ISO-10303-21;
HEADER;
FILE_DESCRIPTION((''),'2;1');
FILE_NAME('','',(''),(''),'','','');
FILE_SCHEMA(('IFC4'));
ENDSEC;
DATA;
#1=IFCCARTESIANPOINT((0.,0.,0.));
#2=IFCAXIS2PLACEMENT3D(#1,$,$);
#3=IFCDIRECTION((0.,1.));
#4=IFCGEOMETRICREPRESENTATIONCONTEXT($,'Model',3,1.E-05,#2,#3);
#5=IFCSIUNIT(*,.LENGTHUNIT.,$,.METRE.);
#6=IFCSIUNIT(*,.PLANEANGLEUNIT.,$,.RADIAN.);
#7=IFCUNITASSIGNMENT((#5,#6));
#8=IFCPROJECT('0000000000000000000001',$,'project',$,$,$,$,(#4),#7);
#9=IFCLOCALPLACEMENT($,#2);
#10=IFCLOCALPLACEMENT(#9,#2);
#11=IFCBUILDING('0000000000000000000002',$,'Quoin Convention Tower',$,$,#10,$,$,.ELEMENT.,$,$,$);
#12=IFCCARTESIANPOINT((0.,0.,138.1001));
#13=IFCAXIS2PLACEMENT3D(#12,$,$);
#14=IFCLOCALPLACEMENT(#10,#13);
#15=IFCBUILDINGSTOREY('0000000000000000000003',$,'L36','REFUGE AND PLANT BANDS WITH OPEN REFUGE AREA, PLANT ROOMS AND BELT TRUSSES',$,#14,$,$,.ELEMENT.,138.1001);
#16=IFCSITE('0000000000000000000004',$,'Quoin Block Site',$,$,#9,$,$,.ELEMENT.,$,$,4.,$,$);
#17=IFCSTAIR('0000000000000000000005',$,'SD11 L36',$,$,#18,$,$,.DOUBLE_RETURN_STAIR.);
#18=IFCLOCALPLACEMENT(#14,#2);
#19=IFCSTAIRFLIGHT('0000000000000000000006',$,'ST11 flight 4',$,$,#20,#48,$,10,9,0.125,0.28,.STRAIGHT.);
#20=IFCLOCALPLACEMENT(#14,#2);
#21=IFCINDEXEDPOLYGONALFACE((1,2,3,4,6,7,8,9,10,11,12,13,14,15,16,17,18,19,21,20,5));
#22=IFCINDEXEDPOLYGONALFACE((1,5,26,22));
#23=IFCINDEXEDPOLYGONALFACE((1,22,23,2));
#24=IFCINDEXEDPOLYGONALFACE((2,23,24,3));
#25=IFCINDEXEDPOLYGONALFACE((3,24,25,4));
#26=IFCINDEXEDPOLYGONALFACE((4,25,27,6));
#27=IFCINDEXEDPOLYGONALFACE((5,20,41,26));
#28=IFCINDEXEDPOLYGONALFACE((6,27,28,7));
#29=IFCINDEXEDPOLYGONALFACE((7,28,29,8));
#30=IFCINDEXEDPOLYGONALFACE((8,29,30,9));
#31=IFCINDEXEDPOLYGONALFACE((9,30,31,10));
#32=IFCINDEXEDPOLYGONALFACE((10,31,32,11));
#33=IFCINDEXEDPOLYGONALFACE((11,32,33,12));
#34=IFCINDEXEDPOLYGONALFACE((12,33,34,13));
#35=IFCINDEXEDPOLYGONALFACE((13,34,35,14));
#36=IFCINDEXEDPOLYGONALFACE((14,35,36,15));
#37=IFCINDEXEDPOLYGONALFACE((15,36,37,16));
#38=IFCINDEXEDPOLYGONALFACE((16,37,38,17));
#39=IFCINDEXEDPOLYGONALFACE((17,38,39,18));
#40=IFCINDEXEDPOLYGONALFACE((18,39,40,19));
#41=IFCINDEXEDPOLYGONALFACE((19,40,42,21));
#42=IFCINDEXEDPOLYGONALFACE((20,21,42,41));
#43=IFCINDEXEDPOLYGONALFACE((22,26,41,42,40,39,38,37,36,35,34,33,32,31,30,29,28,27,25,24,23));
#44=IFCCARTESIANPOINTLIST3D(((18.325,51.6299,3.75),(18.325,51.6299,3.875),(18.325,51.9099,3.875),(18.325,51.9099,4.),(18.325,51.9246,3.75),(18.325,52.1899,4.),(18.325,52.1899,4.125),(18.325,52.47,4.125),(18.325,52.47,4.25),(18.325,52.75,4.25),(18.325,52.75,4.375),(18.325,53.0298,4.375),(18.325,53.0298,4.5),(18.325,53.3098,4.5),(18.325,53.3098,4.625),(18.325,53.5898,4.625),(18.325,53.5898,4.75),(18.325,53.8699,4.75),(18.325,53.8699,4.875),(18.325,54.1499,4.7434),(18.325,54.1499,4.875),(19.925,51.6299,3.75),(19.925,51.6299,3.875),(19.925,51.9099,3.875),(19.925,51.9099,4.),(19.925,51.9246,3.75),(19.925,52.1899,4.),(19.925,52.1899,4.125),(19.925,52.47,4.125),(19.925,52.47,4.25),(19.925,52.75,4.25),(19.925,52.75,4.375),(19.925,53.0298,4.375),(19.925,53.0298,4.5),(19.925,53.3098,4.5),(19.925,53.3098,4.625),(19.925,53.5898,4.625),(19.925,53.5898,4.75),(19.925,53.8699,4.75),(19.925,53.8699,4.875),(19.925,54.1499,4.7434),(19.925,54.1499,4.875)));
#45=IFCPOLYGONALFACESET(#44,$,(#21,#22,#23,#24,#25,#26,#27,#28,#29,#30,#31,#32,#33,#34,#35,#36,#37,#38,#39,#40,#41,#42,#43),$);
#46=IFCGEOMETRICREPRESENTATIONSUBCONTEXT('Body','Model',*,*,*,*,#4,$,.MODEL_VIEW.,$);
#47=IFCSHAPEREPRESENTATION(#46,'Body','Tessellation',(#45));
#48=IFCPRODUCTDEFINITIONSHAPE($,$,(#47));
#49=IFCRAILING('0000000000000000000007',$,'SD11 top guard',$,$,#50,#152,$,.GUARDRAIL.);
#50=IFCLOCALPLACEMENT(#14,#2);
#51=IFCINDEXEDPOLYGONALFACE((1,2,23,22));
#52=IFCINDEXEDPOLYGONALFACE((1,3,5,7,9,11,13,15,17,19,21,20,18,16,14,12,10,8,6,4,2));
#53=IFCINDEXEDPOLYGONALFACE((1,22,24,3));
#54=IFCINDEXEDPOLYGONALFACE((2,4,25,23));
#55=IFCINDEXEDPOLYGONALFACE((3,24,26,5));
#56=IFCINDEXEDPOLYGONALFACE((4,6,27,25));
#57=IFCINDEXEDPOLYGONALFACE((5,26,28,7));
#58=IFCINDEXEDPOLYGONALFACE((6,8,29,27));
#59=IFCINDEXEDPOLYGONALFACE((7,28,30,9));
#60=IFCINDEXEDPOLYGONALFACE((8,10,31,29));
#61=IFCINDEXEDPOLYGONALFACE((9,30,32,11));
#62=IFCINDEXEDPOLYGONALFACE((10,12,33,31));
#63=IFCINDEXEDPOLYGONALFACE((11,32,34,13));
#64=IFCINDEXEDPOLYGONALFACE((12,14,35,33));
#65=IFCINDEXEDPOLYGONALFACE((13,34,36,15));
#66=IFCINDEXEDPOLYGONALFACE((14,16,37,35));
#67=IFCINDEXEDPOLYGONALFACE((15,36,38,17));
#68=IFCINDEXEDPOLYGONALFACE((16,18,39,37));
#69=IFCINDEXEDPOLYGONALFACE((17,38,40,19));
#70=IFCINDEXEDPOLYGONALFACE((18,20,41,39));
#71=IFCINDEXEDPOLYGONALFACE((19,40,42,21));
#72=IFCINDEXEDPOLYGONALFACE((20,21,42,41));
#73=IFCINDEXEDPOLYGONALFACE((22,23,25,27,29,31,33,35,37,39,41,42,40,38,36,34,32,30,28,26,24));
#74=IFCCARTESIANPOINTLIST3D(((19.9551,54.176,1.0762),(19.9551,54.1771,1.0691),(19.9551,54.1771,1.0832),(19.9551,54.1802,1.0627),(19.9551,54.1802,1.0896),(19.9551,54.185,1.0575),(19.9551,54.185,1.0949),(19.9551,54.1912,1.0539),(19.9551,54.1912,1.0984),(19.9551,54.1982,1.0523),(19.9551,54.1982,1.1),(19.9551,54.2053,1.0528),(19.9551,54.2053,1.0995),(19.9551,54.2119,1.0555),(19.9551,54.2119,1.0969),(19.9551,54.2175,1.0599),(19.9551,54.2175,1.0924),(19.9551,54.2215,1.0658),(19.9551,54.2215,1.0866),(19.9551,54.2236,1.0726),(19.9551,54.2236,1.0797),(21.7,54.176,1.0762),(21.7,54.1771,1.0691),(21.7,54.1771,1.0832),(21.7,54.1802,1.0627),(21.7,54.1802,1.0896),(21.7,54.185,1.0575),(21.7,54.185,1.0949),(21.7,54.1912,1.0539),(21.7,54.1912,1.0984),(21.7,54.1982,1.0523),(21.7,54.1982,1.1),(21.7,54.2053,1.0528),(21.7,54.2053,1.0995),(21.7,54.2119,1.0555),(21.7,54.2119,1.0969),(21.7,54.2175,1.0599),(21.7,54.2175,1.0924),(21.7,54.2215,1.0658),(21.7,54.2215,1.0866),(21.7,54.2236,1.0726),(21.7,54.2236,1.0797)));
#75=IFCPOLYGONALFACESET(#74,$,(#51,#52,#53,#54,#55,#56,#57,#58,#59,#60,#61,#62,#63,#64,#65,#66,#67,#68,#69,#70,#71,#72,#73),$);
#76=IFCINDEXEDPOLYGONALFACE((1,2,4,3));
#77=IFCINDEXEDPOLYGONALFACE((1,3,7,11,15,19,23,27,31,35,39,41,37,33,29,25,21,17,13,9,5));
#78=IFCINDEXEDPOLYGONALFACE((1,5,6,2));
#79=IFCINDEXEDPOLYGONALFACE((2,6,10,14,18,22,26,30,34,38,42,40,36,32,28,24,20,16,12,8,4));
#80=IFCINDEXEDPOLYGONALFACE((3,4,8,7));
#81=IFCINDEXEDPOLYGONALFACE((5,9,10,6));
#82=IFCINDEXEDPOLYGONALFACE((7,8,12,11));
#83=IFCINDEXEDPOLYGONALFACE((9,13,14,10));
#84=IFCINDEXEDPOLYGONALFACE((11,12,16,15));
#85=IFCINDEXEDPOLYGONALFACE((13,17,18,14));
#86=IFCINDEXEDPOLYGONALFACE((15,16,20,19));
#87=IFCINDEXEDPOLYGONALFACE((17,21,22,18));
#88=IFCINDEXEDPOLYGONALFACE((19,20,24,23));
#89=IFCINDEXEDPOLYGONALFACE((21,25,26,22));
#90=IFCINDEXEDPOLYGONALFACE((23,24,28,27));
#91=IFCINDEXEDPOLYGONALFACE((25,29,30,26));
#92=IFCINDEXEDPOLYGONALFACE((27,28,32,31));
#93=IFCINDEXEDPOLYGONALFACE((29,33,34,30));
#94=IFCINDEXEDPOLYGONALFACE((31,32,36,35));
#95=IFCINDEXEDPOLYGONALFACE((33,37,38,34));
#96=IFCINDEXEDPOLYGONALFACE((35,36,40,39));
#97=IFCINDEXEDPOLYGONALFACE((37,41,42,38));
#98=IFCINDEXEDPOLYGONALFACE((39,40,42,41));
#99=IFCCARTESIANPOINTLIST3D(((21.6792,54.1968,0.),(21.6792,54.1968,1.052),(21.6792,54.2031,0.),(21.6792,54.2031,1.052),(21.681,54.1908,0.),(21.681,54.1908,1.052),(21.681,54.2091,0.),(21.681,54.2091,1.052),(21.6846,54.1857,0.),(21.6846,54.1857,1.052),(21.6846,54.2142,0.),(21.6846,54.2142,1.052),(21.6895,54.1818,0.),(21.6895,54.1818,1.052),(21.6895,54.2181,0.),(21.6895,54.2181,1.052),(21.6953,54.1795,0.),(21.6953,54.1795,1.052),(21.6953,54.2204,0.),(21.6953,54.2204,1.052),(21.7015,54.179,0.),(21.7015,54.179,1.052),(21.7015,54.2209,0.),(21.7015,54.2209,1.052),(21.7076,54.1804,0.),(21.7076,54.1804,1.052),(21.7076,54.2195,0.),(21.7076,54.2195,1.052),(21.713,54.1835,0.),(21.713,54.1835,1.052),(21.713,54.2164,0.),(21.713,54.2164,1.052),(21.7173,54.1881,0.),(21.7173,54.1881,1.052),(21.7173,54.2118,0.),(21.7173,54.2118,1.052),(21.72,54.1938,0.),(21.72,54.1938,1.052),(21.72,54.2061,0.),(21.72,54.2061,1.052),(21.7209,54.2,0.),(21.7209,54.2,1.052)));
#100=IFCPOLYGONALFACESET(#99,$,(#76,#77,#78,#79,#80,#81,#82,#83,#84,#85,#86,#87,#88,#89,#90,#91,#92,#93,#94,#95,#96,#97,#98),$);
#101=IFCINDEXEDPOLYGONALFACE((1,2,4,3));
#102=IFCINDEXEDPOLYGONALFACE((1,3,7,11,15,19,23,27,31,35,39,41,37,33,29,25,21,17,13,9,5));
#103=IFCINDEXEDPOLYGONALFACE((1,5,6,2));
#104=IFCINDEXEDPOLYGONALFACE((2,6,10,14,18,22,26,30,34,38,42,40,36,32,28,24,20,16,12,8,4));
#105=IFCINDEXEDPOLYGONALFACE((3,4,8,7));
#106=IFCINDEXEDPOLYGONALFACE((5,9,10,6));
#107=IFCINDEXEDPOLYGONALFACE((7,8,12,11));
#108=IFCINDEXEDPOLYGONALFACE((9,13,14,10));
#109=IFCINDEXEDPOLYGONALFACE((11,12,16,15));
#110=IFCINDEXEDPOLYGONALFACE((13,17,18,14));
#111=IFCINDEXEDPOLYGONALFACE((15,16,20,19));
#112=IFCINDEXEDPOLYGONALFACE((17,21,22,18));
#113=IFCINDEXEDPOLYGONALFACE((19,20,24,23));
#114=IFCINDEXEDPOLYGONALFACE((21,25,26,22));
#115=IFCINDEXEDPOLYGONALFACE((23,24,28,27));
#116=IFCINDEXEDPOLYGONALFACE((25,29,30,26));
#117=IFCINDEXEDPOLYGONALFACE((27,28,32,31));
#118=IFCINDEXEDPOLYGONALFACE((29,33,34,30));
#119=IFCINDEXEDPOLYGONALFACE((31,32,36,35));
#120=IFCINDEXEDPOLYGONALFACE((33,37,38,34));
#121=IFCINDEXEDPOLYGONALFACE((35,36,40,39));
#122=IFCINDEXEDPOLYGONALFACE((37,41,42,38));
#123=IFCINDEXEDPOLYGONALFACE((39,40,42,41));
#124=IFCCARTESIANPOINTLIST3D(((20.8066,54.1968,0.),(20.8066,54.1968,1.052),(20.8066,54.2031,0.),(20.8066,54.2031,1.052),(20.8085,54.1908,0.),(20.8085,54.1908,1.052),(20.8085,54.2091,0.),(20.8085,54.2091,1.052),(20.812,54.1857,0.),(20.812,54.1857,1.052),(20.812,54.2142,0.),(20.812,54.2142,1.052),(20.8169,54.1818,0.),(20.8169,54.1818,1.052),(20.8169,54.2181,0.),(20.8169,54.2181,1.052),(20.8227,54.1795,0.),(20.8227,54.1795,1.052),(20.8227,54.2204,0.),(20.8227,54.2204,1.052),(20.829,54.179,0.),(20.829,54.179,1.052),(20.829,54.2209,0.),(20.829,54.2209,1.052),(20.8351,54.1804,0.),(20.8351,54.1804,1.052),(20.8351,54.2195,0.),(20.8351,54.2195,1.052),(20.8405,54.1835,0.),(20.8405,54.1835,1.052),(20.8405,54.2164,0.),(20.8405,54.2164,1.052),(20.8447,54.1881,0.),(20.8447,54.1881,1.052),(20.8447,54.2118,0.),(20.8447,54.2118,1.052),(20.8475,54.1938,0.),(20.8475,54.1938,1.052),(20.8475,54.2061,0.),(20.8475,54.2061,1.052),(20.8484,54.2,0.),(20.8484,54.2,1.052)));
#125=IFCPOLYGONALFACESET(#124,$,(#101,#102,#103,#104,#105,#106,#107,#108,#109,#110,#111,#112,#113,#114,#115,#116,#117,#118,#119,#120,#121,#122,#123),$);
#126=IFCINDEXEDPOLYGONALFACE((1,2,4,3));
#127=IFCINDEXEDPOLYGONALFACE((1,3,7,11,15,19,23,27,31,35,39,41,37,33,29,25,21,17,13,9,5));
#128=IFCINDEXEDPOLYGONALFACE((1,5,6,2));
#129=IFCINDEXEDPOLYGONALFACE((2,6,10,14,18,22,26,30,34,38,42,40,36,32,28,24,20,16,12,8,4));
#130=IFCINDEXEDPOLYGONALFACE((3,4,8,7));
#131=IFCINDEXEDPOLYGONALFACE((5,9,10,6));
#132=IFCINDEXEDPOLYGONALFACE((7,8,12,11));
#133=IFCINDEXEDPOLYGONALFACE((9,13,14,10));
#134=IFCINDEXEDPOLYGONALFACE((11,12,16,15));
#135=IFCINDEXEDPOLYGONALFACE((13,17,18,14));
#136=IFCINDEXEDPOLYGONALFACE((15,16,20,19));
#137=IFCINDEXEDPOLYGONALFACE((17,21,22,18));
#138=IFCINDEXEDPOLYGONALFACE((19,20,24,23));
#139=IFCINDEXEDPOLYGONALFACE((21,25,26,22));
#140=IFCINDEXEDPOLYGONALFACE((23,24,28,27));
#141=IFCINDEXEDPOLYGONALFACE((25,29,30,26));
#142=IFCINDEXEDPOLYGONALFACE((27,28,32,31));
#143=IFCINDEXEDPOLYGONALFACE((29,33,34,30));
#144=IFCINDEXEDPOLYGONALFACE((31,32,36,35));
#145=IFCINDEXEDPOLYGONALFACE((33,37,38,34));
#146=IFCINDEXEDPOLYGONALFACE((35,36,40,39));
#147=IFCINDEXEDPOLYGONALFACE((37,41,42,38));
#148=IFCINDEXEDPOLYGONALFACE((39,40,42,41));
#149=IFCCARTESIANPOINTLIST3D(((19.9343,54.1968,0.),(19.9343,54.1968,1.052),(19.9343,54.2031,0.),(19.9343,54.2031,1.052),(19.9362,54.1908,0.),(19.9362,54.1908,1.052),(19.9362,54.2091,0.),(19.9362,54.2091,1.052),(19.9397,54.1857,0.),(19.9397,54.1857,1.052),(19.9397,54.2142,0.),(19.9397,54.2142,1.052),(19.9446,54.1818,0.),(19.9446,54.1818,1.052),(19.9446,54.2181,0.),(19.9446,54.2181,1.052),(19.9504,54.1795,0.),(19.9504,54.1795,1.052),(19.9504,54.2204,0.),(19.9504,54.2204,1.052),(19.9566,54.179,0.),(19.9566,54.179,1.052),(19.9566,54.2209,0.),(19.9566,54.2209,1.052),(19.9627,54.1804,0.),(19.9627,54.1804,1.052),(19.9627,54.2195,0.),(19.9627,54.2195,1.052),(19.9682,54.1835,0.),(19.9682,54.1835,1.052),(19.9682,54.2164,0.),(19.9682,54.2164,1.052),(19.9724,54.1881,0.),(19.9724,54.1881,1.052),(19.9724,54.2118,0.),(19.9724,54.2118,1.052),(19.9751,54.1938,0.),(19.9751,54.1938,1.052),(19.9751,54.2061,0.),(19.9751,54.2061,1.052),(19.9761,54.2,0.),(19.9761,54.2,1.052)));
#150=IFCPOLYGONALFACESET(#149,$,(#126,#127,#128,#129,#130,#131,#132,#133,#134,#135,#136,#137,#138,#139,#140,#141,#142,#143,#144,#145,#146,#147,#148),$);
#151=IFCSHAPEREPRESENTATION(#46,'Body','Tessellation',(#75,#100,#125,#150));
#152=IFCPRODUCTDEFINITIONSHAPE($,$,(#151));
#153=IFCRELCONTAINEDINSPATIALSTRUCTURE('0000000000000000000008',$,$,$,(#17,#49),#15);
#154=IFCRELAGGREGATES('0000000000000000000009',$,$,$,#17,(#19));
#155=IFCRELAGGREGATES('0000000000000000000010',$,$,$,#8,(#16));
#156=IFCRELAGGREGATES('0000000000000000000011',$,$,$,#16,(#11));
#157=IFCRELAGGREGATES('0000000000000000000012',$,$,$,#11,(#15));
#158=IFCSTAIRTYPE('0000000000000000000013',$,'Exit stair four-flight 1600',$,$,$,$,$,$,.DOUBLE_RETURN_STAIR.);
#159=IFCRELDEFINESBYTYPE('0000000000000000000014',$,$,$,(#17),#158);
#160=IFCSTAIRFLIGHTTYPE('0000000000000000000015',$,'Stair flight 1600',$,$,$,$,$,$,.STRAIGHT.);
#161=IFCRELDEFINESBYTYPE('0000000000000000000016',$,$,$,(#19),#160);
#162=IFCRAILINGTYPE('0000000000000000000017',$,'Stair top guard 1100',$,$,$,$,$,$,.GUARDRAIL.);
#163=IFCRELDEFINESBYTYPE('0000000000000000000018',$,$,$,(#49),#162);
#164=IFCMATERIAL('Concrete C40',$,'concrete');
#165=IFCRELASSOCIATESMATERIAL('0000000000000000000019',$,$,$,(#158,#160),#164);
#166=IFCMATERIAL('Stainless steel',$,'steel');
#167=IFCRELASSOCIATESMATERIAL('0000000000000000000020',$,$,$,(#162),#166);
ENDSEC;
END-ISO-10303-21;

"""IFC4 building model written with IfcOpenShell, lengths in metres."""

from ifc_helpers import new_model, si_unit, direction, frame, origin, origin_2d, place, context, subcontext, project, spatial, polyline, circle, outline, extrude, material, type_object, element, aggregate, save


model = new_model("IFC4")

# Units and contexts
model_context = context("Model", 3, precision=1e-05, world=origin(), true_north=direction((0.0, 1.0)))
body_context = subcontext(model_context, "Body", "Model", "MODEL_VIEW")
ifc_project = project(units=[si_unit("LENGTHUNIT", "METRE"), si_unit("PLANEANGLEUNIT", "RADIAN")], contexts=[model_context])

# Site, building, storey
site_placement = place(None, origin())
site = spatial("IfcSite", under=ifc_project, at=site_placement, Name="Quoin Block Site", CompositionType="ELEMENT", RefElevation=4.0)
building_placement = place(site_placement, origin())
building = spatial("IfcBuilding", under=site, at=building_placement, Name="Quoin Convention Tower", CompositionType="ELEMENT")
storey_placement = place(building_placement, frame((0.0, 0.0, 138.1001)))
storey = spatial("IfcBuildingStorey", under=building, at=storey_placement, Name="L36", Description="REFUGE AND PLANT BANDS WITH OPEN REFUGE AREA, PLANT ROOMS AND BELT TRUSSES", CompositionType="ELEMENT", Elevation=138.1001)

# Stair, stair flight
ifc_material_1 = material(Name="Concrete C40", Category="concrete")
stair_type = type_object("IfcStairType", Name="Exit stair four-flight 1600", PredefinedType="DOUBLE_RETURN_STAIR", material=ifc_material_1)
stair_placement = place(storey_placement, origin())
stair = element("IfcStair", 1, at=stair_placement, inside=storey, type_object=stair_type, Name="SD11 L36", PredefinedType="DOUBLE_RETURN_STAIR")
stair_flight_type = type_object("IfcStairFlightType", Name="Stair flight 1600", PredefinedType="STRAIGHT", material=ifc_material_1)
stair_flight_1_placement = place(storey_placement, frame((19.125, 51.6299, 3.75), z_axis=(0.0, 0.0, 1.0), x_axis=(0.0, 1.0, 0.0)))
stair_flight_1 = element("IfcStairFlight", 2, at=stair_flight_1_placement, type_object=stair_flight_type, Name="ST11 flight 4", NumberOfRisers=10, NumberOfTreads=9, PredefinedType="STRAIGHT", RiserHeight=0.125, TreadLength=0.28, context=body_context, shape_type="SweptSolid", body=[
    extrude(outline(polyline([(0.0, 0.0), (0.0, 0.125), (0.28, 0.125), (0.28, 0.25), (0.5601, 0.25), (0.5601, 0.375), (0.8401, 0.375), (0.8401, 0.5), (1.1201, 0.5), (1.1201, 0.625), (1.3999, 0.625), (1.3999, 0.75), (1.6799, 0.75), (1.6799, 0.875), (1.96, 0.875), (1.96, 1.0), (2.24, 1.0), (2.24, 1.125), (2.52, 1.125), (2.52, 1.25), (2.52, 0.9934), (0.2947, 0.0), (0.0, 0.0)])), frame((0.0, 0.8, 0.0), z_axis=(0.0, -1.0, 0.0), x_axis=(1.0, 0.0, 0.0)), (0.0, 0.0, 1.0), 1.6001),
])
aggregate(stair, [stair_flight_1])

# Railing
ifc_material_2 = material(Name="Stainless steel", Category="steel")
railing_type_1 = type_object("IfcRailingType", Name="Stair top guard 1100", PredefinedType="GUARDRAIL", material=ifc_material_2)
railing_1_placement = place(storey_placement, frame((21.7, 54.2, 0.0)))
element("IfcRailing", 3, at=railing_1_placement, inside=storey, type_object=railing_type_1, Name="SD11 top guard", PredefinedType="GUARDRAIL", context=body_context, shape_type="SweptSolid", body=[
    extrude(circle(Radius=0.0239, at=origin_2d()), frame((0.0, 0.0, 1.0762), z_axis=(-1.0, 0.0, 0.0), x_axis=(0.0, -1.0, 0.0)), (0.0, 0.0, 1.0), 1.7449),
    extrude(circle(Radius=0.021, at=origin_2d()), origin(), (0.0, 0.0, 1.0), 1.052),
    extrude(circle(Radius=0.021, at=origin_2d()), frame((-0.8726, 0.0, 0.0)), (0.0, 0.0, 1.0), 1.052),
    extrude(circle(Radius=0.021, at=origin_2d()), frame((-1.7449, 0.0, 0.0)), (0.0, 0.0, 1.0), 1.052),
])

save(model, "model.ifc")
